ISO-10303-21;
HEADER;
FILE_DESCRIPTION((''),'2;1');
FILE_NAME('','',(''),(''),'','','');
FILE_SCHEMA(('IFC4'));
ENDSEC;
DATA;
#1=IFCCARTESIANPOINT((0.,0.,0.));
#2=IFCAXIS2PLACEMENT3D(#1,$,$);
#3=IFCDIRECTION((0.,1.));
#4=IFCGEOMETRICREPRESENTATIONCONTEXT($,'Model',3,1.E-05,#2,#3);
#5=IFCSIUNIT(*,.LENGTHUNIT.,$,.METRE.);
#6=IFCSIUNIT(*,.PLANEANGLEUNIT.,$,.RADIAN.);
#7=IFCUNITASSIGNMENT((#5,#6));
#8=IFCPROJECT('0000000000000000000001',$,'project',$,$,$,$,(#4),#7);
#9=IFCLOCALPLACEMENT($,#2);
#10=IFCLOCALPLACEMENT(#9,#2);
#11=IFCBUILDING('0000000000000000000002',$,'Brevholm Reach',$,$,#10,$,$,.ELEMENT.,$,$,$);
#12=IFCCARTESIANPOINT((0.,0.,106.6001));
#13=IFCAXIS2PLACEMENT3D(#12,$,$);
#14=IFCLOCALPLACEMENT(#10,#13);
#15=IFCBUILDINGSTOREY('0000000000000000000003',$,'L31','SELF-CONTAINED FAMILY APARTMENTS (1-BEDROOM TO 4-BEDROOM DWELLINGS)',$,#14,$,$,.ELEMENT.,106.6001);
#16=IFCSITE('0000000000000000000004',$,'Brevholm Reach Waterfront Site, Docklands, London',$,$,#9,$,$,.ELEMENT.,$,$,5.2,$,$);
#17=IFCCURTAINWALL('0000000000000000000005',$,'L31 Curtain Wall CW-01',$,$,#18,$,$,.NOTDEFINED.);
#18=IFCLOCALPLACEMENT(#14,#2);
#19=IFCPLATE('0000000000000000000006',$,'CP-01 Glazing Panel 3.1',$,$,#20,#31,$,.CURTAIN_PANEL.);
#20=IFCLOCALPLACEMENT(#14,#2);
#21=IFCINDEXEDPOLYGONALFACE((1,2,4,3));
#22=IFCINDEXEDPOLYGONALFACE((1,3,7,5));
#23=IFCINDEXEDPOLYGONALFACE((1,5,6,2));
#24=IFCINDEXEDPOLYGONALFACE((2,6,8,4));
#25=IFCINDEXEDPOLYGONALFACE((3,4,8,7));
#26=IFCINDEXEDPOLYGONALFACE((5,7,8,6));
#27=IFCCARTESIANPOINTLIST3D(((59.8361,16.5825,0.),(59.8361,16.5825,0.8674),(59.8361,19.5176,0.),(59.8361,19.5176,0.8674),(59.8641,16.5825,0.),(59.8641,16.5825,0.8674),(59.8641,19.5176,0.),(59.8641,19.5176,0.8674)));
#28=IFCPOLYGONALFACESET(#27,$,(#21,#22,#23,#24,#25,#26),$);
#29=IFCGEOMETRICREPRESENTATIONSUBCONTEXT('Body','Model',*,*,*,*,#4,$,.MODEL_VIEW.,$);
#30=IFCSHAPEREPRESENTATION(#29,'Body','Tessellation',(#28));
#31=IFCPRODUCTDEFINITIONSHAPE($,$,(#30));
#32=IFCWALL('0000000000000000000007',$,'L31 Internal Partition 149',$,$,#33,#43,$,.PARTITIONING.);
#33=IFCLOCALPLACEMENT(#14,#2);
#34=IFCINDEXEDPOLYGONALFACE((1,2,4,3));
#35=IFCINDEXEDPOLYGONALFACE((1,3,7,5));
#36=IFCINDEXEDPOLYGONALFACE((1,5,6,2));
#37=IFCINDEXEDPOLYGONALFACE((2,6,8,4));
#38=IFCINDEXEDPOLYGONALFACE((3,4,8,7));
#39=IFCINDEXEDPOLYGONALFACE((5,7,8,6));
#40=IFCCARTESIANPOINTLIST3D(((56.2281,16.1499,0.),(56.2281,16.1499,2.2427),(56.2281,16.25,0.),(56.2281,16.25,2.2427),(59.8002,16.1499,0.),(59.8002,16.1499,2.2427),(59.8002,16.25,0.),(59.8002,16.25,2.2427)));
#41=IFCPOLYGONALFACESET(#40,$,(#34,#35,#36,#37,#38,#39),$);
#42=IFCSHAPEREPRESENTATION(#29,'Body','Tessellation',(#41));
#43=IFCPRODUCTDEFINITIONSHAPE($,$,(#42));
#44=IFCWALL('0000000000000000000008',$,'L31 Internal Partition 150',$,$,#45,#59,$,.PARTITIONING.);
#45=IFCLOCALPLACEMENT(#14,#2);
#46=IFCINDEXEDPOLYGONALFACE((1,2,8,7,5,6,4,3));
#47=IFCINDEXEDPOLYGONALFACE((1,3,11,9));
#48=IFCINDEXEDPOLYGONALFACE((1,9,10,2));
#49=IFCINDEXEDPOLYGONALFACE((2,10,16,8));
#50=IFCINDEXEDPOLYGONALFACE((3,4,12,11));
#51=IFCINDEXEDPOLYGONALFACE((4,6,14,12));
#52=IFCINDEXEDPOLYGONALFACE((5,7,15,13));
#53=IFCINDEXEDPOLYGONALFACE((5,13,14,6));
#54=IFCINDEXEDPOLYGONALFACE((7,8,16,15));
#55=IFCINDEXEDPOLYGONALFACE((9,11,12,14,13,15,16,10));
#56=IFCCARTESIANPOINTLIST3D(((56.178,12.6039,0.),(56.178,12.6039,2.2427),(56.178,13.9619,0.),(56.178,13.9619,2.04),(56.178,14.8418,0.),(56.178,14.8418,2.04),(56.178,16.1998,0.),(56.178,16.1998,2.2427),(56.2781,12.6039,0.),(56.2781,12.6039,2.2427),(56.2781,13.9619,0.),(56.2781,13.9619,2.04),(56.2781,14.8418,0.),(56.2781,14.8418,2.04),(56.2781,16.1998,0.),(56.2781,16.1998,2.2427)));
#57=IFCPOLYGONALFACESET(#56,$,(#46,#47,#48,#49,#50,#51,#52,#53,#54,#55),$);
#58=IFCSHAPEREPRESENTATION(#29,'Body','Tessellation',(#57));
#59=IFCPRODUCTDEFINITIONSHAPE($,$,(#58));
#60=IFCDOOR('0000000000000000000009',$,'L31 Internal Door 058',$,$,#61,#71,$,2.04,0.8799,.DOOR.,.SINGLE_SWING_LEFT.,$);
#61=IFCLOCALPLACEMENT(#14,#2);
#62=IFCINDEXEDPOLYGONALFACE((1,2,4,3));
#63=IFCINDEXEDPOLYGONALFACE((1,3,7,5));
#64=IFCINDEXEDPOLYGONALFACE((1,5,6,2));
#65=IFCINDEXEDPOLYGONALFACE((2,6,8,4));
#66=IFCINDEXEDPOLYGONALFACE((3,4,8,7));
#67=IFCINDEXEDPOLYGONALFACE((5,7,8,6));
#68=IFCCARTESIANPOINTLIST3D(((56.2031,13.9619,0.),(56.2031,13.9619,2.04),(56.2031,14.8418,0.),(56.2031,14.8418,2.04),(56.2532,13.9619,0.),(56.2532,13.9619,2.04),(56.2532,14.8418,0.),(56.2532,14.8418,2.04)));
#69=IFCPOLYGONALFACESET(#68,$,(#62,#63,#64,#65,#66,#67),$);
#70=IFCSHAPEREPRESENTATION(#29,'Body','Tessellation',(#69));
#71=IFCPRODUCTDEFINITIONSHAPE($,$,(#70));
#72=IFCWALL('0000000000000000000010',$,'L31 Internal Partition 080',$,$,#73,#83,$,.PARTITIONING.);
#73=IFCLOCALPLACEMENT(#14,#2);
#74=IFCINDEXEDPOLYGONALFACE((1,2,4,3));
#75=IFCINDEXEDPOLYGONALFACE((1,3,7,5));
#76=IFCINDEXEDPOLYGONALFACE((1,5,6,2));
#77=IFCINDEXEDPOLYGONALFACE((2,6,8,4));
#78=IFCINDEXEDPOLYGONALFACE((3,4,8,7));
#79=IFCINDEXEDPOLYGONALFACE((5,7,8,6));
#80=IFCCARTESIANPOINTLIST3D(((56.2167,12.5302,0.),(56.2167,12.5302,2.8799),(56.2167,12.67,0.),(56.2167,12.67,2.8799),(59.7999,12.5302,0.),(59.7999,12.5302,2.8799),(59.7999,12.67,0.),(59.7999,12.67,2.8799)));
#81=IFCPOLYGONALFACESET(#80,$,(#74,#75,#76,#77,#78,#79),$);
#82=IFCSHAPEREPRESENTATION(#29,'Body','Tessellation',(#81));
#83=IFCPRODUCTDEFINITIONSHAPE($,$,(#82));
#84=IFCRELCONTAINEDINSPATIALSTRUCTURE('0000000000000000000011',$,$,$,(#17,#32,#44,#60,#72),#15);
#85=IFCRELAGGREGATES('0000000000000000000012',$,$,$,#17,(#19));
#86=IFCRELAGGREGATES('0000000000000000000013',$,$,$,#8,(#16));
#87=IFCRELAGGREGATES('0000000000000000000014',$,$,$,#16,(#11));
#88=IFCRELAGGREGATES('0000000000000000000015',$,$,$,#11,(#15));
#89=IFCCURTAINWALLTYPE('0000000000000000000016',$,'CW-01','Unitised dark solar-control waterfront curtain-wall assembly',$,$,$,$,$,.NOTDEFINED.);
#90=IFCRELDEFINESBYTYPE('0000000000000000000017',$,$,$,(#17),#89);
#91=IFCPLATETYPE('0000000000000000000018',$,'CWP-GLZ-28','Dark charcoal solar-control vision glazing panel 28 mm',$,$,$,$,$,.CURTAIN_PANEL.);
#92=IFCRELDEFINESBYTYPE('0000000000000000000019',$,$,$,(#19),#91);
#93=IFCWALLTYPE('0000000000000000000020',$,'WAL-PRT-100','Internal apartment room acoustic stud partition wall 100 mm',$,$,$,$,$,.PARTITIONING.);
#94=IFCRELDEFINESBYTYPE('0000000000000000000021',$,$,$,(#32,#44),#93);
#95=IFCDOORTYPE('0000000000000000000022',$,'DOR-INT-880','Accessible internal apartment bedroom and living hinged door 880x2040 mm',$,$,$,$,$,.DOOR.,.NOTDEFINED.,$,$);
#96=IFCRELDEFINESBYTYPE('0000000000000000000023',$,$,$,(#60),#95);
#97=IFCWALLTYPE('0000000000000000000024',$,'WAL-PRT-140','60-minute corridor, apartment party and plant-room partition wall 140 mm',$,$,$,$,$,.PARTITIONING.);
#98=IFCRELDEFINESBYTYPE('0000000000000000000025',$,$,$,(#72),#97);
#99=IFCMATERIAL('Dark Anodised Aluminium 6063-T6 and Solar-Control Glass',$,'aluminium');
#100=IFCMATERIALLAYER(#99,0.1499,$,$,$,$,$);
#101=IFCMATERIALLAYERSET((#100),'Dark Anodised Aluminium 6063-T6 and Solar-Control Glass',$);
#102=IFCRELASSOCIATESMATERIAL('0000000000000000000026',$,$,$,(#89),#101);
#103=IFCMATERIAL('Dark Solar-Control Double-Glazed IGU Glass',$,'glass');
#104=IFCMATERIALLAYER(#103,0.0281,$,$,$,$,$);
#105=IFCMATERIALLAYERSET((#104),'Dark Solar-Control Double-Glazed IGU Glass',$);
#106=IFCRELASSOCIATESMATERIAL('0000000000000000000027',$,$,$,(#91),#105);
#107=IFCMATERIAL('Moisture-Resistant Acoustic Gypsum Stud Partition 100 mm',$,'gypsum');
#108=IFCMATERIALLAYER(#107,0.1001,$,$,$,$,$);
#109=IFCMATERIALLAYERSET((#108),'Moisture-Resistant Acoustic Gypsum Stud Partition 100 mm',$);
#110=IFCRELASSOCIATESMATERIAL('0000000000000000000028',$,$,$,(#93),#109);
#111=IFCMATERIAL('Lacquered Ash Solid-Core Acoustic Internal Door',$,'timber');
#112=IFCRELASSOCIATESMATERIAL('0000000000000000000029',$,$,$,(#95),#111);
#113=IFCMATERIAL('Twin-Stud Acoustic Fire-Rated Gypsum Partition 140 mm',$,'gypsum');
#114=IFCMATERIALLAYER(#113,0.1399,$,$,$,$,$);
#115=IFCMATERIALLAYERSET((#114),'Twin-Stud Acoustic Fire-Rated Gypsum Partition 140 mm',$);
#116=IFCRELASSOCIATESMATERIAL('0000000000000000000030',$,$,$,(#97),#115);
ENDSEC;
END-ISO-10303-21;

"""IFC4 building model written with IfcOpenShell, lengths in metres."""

from ifc_helpers import new_model, si_unit, direction, frame, frame_2d, origin, origin_2d, place, context, subcontext, project, spatial, rectangle, extrude, material, layer, layer_set, type_object, element, fill, aggregate, save


model = new_model("IFC4")

# Units and contexts
model_context = context("Model", 3, precision=1e-05, world=origin(), true_north=direction((0.0, 1.0)))
body_context = subcontext(model_context, "Body", "Model", "MODEL_VIEW")
ifc_project = project(units=[si_unit("LENGTHUNIT", "METRE"), si_unit("PLANEANGLEUNIT", "RADIAN")], contexts=[model_context])

# Site, building, storey
site_placement = place(None, origin())
site = spatial("IfcSite", under=ifc_project, at=site_placement, Name="Brevholm Reach Waterfront Site, Docklands, London", CompositionType="ELEMENT", RefElevation=5.2)
building_placement = place(site_placement, origin())
building = spatial("IfcBuilding", under=site, at=building_placement, Name="Brevholm Reach", CompositionType="ELEMENT")
storey_placement = place(building_placement, frame((0.0, 0.0, 106.6001)))
storey = spatial("IfcBuildingStorey", under=building, at=storey_placement, Name="L31", Description="SELF-CONTAINED FAMILY APARTMENTS (1-BEDROOM TO 4-BEDROOM DWELLINGS)", CompositionType="ELEMENT", Elevation=106.6001)

# Curtain wall, plate
ifc_material_1 = material(Name="Dark Anodised Aluminium 6063-T6 and Solar-Control Glass", Category="aluminium")
ifc_layer_1 = layer(ifc_material_1, 0.1499)
ifc_layer_set_1 = layer_set([ifc_layer_1], Name="Dark Anodised Aluminium 6063-T6 and Solar-Control Glass")
curtain_wall_type = type_object("IfcCurtainWallType", Name="CW-01", Description="Unitised dark solar-control waterfront curtain-wall assembly", PredefinedType="NOTDEFINED", material=ifc_layer_set_1)
curtain_wall_placement = place(storey_placement, origin())
curtain_wall = element("IfcCurtainWall", 1, at=curtain_wall_placement, inside=storey, type_object=curtain_wall_type, Name="L31 Curtain Wall CW-01", PredefinedType="NOTDEFINED")
ifc_material_2 = material(Name="Dark Solar-Control Double-Glazed IGU Glass", Category="glass")
ifc_layer_2 = layer(ifc_material_2, 0.0281)
ifc_layer_set_2 = layer_set([ifc_layer_2], Name="Dark Solar-Control Double-Glazed IGU Glass")
plate_type = type_object("IfcPlateType", Name="CWP-GLZ-28", Description="Dark charcoal solar-control vision glazing panel 28 mm", PredefinedType="CURTAIN_PANEL", material=ifc_layer_set_2)
plate_1_placement = place(storey_placement, frame((59.8501, 18.05, 0.0), z_axis=(0.0, 0.0, 1.0), x_axis=(0.0, 1.0, 0.0)))
plate_1 = element("IfcPlate", 2, at=plate_1_placement, type_object=plate_type, Name="CP-01 Glazing Panel 3.1", PredefinedType="CURTAIN_PANEL", context=body_context, shape_type="SweptSolid", body=[
    extrude(rectangle(XDim=2.9351, YDim=0.0281, at=origin_2d()), origin(), (0.0, 0.0, 1.0), 0.8674),
])
aggregate(curtain_wall, [plate_1])

# Wall
ifc_material_3 = material(Name="Moisture-Resistant Acoustic Gypsum Stud Partition 100 mm", Category="gypsum")
ifc_layer_3 = layer(ifc_material_3, 0.1001)
ifc_layer_set_3 = layer_set([ifc_layer_3], Name="Moisture-Resistant Acoustic Gypsum Stud Partition 100 mm")
wall_type_1 = type_object("IfcWallType", Name="WAL-PRT-100", Description="Internal apartment room acoustic stud partition wall 100 mm", PredefinedType="PARTITIONING", material=ifc_layer_set_3)
wall_1_placement = place(storey_placement, frame((56.228, 16.2, 0.0), z_axis=(0.0, 0.0, 1.0), x_axis=(1.0, 0.0, 0.0)))
element("IfcWall", 3, at=wall_1_placement, inside=storey, type_object=wall_type_1, Name="L31 Internal Partition 149", PredefinedType="PARTITIONING", context=body_context, shape_type="SweptSolid", body=[
    extrude(rectangle(XDim=3.572, YDim=0.1001, at=frame_2d((1.7861, 0.0))), origin(), (0.0, 0.0, 1.0), 2.2427),
])

# Wall, opening, door
wall_2_placement = place(storey_placement, frame((56.228, 12.604, 0.0), z_axis=(0.0, 0.0, 1.0), x_axis=(0.0, 1.0, 0.0)))
wall_2 = element("IfcWall", 4, at=wall_2_placement, inside=storey, type_object=wall_type_1, Name="L31 Internal Partition 150", PredefinedType="PARTITIONING", context=body_context, shape_type="SweptSolid", body=[
    extrude(rectangle(XDim=3.5959, YDim=0.1001, at=frame_2d((1.7979, 0.0))), origin(), (0.0, 0.0, 1.0), 2.2427),
])
opening_placement = place(wall_2_placement, frame((1.3579, 0.0, 0.0)))
opening = element("IfcOpeningElement", 5, at=opening_placement, cuts=wall_2, PredefinedType="OPENING", context=body_context, shape_type="SweptSolid", body=[
    extrude(rectangle(XDim=0.8799, YDim=2.04, at=frame_2d((0.4399, 1.02))), frame((0.0, 0.0601, 0.0), z_axis=(0.0, -1.0, 0.0), x_axis=(1.0, 0.0, 0.0)), (0.0, 0.0, 1.0), 0.1201),
])
ifc_material_4 = material(Name="Lacquered Ash Solid-Core Acoustic Internal Door", Category="timber")
door_type = type_object("IfcDoorType", Name="DOR-INT-880", Description="Accessible internal apartment bedroom and living hinged door 880x2040 mm", OperationType="NOTDEFINED", PredefinedType="DOOR", material=ifc_material_4)
door_placement = place(opening_placement, origin())
door = element("IfcDoor", 6, at=door_placement, inside=storey, type_object=door_type, Name="L31 Internal Door 058", OperationType="SINGLE_SWING_LEFT", OverallHeight=2.04, OverallWidth=0.8799, PredefinedType="DOOR", context=body_context, shape_type="SweptSolid", body=[
    extrude(rectangle(XDim=0.8799, YDim=2.04, at=frame_2d((0.4399, 1.02))), frame((0.0, 0.0249, 0.0), z_axis=(0.0, -1.0, 0.0), x_axis=(1.0, 0.0, 0.0)), (0.0, 0.0, 1.0), 0.05),
])
fill(opening, door)

# Wall
ifc_material_5 = material(Name="Twin-Stud Acoustic Fire-Rated Gypsum Partition 140 mm", Category="gypsum")
ifc_layer_4 = layer(ifc_material_5, 0.1399)
ifc_layer_set_4 = layer_set([ifc_layer_4], Name="Twin-Stud Acoustic Fire-Rated Gypsum Partition 140 mm")
wall_type_2 = type_object("IfcWallType", Name="WAL-PRT-140", Description="60-minute corridor, apartment party and plant-room partition wall 140 mm", PredefinedType="PARTITIONING", material=ifc_layer_set_4)
wall_3_placement = place(storey_placement, frame((56.2168, 12.6001, 0.0), z_axis=(0.0, 0.0, 1.0), x_axis=(1.0, 0.0, 0.0)))
element("IfcWall", 7, at=wall_3_placement, inside=storey, type_object=wall_type_2, Name="L31 Internal Partition 080", PredefinedType="PARTITIONING", context=body_context, shape_type="SweptSolid", body=[
    extrude(rectangle(XDim=3.5833, YDim=0.1399, at=frame_2d((1.7915, 0.0))), origin(), (0.0, 0.0, 1.0), 2.8799),
])

save(model, "model.ifc")
